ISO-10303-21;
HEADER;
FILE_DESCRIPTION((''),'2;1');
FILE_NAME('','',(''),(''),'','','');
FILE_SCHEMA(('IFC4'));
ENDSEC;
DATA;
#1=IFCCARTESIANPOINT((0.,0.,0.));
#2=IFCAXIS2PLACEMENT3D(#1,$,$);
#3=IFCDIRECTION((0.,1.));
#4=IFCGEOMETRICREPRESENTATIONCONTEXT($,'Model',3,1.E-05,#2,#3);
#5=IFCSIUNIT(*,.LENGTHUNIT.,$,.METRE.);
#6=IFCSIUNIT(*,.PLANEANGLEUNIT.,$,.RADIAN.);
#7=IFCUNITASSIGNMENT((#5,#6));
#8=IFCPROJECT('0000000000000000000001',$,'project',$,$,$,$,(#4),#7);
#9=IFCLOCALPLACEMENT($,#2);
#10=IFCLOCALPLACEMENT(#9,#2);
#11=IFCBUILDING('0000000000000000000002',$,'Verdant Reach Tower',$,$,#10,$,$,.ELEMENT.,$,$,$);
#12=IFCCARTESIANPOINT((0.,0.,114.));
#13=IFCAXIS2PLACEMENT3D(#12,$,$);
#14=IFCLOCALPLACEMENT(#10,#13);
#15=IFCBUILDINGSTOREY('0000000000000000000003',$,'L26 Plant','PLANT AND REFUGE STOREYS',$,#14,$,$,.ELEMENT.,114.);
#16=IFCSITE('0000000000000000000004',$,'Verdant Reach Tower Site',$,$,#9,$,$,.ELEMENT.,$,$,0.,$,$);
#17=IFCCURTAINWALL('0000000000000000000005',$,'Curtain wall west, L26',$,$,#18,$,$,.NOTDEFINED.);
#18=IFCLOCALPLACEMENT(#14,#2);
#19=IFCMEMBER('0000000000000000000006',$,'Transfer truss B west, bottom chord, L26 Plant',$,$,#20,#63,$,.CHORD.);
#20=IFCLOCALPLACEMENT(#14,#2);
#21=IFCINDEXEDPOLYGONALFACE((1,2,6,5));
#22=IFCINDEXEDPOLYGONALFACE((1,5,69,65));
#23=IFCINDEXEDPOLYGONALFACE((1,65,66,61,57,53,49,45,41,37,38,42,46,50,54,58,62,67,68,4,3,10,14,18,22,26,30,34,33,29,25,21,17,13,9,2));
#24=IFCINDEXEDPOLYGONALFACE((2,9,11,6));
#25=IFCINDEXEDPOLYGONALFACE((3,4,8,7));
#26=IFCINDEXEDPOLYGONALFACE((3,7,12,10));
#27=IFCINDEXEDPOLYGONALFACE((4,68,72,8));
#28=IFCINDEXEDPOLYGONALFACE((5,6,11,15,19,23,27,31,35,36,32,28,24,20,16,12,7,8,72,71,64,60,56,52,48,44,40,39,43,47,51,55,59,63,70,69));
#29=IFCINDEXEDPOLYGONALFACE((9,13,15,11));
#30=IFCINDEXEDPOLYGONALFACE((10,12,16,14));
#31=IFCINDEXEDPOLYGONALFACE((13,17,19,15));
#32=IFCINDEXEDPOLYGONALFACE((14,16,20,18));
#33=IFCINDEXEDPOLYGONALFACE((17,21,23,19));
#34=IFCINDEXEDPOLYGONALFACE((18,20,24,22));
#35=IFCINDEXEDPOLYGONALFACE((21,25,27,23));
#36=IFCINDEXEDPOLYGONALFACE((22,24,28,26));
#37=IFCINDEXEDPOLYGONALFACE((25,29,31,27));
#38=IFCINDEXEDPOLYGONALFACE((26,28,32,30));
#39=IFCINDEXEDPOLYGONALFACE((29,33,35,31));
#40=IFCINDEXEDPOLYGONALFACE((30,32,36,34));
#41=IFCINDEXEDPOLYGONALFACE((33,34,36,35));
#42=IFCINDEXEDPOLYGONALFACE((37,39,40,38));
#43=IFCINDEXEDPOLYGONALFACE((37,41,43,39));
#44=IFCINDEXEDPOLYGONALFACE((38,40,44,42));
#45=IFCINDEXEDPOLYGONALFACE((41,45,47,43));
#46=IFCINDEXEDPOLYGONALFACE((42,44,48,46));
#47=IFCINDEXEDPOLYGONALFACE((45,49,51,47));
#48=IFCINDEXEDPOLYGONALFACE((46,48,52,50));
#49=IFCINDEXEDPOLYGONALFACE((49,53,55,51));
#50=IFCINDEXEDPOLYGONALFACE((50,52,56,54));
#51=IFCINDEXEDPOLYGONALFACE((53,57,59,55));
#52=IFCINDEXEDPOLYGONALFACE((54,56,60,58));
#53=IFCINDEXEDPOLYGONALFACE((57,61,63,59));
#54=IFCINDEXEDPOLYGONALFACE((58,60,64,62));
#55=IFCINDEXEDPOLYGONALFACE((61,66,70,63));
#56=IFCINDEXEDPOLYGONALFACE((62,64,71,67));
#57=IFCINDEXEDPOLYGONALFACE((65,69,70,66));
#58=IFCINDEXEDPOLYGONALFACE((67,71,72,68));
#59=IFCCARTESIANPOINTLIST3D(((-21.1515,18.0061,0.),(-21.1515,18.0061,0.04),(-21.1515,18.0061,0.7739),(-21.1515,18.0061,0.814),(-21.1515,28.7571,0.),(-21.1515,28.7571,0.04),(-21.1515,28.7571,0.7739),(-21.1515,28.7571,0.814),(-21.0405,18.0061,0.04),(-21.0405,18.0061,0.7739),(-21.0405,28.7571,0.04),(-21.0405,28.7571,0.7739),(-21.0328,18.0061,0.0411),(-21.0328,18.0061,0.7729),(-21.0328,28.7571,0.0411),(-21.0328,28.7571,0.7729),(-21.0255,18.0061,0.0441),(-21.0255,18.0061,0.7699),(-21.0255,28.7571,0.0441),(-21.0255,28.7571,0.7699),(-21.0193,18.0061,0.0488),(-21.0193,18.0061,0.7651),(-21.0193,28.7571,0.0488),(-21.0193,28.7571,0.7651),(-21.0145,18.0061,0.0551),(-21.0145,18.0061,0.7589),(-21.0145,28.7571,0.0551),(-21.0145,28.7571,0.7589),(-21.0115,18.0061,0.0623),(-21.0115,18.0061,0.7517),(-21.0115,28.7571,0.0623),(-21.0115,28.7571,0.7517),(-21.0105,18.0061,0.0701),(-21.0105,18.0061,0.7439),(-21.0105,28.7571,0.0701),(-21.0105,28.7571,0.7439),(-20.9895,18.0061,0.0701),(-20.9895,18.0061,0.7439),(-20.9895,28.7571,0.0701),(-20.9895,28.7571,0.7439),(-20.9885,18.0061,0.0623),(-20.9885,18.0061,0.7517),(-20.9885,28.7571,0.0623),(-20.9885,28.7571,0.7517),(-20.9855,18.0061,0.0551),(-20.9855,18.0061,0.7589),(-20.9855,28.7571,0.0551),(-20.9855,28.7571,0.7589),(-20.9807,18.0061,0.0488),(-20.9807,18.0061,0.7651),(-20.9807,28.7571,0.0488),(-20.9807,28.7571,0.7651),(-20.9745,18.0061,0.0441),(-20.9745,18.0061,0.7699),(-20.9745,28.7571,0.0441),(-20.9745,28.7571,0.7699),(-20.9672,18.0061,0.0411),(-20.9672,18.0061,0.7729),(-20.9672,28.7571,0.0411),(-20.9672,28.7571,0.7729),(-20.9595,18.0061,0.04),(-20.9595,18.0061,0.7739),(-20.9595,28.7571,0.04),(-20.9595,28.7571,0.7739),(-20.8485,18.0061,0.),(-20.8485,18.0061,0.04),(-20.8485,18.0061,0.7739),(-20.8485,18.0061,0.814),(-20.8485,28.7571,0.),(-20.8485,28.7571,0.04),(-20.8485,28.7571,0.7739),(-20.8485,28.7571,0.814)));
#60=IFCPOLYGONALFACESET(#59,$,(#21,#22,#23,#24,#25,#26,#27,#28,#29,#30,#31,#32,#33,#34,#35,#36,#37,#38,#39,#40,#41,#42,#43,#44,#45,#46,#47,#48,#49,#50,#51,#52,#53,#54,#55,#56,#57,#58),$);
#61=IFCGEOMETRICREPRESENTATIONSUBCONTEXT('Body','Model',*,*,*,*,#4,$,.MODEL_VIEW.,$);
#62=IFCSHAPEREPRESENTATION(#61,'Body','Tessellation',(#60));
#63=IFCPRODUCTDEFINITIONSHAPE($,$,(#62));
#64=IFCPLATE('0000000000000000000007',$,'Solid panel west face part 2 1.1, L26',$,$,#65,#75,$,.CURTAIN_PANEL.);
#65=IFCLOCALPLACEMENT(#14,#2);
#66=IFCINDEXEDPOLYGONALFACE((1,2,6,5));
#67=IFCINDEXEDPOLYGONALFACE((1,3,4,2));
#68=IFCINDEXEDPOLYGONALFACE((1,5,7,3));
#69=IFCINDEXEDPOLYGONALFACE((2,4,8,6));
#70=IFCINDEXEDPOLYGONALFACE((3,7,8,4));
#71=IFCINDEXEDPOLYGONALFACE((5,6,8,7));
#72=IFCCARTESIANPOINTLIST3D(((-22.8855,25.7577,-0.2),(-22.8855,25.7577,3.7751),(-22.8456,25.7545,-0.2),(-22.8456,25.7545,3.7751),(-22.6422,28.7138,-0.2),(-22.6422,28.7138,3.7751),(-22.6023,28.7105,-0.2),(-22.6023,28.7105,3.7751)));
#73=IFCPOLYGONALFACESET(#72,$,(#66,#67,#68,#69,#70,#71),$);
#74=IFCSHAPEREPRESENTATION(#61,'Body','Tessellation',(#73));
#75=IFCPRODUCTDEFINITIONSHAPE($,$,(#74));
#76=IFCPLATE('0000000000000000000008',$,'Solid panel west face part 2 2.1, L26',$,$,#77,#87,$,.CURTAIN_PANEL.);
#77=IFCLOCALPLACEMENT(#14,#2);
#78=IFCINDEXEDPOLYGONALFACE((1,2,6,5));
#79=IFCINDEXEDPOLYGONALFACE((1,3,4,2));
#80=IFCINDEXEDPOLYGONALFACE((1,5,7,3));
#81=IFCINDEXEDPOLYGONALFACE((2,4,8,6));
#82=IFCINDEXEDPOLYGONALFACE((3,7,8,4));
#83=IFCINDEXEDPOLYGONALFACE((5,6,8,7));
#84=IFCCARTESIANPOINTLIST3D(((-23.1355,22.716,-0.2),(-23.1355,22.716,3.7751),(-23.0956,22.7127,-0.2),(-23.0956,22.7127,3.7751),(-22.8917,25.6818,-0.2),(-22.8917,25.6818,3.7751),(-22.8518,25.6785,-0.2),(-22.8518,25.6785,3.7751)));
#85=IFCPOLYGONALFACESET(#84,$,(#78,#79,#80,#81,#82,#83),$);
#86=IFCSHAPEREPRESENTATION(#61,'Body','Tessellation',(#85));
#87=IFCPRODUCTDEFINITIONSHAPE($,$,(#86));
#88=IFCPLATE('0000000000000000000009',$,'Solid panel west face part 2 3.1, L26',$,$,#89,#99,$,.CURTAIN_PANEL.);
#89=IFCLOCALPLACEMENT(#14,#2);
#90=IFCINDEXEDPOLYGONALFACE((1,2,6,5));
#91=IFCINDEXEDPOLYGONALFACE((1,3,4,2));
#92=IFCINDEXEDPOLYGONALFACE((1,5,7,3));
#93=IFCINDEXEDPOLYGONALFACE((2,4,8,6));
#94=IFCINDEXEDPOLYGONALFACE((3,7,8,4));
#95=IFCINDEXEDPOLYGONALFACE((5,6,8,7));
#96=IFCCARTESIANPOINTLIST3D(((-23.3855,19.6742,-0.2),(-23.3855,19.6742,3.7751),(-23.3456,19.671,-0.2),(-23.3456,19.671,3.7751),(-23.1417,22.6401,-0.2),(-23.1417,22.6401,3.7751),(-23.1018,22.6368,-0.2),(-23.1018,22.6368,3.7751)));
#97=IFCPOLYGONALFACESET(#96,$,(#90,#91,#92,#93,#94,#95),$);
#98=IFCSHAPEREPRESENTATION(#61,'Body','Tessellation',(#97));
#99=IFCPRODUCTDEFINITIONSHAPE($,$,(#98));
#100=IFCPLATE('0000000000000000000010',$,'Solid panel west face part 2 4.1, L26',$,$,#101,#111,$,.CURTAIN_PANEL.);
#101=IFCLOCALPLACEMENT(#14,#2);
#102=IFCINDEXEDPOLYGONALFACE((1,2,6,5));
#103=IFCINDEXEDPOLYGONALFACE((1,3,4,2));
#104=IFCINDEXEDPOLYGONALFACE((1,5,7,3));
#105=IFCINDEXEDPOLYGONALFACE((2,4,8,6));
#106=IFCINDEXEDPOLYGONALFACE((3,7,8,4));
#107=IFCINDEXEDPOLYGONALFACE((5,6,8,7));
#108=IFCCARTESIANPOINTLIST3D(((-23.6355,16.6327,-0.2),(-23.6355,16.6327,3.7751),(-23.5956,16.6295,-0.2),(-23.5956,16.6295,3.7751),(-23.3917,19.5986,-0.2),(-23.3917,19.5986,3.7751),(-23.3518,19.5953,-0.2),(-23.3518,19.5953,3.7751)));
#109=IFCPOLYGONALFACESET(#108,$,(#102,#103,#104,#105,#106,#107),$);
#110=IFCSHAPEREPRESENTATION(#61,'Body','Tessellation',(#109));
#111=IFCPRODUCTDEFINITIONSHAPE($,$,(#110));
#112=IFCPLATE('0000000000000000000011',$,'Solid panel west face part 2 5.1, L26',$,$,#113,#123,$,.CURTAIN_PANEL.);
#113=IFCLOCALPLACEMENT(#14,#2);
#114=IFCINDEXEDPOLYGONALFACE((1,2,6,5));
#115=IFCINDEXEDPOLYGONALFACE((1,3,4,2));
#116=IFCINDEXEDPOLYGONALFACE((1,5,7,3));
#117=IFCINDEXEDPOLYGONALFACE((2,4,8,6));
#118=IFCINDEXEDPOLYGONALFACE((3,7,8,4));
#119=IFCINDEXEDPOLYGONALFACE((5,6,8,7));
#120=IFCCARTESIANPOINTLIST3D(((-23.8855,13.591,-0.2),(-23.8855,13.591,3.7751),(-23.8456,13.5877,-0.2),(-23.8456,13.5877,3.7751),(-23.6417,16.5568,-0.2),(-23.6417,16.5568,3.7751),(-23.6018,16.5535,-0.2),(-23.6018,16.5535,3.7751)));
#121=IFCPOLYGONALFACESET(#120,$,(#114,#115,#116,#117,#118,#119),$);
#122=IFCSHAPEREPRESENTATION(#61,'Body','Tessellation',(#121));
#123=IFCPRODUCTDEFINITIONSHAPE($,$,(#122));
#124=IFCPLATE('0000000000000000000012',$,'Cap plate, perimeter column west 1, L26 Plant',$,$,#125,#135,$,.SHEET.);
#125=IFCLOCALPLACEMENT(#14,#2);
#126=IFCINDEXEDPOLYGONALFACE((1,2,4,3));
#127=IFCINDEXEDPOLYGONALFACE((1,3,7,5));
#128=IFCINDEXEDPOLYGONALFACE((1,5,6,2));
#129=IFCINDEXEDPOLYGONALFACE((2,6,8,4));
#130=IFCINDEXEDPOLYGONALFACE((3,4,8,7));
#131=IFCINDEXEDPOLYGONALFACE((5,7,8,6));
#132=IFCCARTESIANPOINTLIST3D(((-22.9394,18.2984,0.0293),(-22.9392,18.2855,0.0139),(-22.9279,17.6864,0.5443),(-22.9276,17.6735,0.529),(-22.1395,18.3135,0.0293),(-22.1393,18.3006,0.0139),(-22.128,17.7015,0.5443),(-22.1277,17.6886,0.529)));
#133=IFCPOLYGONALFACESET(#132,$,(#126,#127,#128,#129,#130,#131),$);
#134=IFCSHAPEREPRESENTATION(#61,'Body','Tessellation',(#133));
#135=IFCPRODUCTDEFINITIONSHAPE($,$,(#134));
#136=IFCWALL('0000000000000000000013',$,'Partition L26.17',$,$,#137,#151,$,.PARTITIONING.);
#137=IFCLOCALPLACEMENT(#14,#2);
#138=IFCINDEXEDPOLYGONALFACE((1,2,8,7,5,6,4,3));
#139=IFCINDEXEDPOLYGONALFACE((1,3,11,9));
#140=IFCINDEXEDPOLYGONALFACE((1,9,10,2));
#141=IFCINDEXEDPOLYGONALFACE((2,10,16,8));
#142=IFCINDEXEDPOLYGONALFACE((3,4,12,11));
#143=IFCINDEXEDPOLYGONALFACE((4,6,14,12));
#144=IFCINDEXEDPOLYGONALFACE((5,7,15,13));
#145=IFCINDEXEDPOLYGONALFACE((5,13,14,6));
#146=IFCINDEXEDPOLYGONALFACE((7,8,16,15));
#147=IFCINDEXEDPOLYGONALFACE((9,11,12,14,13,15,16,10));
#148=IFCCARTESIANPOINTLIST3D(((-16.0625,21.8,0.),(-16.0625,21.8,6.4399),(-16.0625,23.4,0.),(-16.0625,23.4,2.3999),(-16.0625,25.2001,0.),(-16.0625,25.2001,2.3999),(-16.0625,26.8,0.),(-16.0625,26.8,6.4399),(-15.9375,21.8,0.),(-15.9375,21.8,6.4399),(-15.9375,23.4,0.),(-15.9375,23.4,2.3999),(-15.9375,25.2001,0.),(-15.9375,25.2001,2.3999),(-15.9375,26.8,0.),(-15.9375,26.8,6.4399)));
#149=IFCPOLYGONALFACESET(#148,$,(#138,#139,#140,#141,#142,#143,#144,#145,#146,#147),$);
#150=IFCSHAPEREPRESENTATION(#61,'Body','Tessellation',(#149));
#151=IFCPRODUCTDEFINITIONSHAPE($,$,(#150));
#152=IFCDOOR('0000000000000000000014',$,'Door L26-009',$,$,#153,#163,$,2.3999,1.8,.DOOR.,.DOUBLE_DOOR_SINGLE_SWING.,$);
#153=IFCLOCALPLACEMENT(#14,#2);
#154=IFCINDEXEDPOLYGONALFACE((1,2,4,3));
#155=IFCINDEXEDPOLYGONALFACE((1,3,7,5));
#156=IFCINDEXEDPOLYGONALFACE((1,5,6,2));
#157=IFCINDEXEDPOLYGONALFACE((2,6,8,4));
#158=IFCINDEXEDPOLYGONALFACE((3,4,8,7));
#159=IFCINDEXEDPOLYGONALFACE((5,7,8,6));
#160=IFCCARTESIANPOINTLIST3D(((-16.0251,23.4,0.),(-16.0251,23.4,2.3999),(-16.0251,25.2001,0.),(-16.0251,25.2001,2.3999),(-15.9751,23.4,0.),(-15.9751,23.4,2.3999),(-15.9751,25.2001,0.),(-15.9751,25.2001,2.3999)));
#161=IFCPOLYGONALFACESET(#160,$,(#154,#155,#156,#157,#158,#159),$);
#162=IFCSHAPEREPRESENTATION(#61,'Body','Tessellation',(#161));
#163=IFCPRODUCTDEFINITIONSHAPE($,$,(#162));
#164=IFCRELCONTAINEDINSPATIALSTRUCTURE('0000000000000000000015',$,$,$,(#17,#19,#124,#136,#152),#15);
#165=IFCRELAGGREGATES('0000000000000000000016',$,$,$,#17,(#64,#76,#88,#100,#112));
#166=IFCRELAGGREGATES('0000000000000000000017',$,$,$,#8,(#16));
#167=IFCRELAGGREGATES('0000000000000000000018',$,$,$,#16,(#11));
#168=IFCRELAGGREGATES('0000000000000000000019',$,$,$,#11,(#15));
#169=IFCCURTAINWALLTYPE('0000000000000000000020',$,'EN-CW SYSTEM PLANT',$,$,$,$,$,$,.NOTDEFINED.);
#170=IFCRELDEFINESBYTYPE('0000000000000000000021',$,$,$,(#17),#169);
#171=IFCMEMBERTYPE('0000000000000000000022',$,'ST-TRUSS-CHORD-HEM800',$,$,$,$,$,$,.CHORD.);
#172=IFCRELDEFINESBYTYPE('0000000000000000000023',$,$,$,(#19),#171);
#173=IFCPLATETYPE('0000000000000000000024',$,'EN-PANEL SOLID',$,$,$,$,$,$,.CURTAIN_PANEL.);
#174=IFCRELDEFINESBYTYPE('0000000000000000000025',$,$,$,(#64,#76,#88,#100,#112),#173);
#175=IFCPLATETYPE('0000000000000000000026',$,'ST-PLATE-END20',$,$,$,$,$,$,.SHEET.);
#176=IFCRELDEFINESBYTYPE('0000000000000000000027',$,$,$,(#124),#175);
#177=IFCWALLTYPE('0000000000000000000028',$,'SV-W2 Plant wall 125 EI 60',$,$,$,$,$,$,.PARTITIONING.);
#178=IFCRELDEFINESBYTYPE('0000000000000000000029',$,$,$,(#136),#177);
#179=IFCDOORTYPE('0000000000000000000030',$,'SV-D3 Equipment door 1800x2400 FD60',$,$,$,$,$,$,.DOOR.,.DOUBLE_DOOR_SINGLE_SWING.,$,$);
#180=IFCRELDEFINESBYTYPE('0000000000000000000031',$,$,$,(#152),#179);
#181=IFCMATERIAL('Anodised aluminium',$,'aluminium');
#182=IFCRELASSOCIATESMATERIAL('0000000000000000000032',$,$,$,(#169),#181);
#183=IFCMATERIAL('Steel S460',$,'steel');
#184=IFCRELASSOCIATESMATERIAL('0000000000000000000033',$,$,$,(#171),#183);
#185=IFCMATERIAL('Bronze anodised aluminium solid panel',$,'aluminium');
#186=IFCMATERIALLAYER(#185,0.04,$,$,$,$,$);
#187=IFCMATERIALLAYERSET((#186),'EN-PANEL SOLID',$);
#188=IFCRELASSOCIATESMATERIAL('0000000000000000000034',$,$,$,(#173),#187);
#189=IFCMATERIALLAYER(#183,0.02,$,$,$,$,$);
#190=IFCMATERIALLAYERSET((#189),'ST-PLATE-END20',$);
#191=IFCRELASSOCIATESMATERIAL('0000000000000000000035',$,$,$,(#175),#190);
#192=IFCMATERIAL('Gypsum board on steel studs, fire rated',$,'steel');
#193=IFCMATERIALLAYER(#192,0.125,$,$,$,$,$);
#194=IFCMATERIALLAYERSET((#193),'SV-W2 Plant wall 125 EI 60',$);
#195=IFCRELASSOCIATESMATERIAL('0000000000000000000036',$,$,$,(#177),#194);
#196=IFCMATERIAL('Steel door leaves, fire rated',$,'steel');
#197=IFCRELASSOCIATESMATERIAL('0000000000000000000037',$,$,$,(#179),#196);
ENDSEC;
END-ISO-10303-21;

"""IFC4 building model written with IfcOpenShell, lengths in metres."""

from ifc_helpers import new_model, si_unit, direction, frame, frame_2d, origin, origin_2d, place, context, subcontext, project, spatial, rectangle, i_section, extrude, material, layer, layer_set, material_profile, profile_set, type_object, element, fill, aggregate, save


model = new_model("IFC4")

# Units and contexts
model_context = context("Model", 3, precision=1e-05, world=origin(), true_north=direction((0.0, 1.0)))
body_context = subcontext(model_context, "Body", "Model", "MODEL_VIEW")
ifc_project = project(units=[si_unit("LENGTHUNIT", "METRE"), si_unit("PLANEANGLEUNIT", "RADIAN")], contexts=[model_context])

# Site, building, storey
site_placement = place(None, origin())
site = spatial("IfcSite", under=ifc_project, at=site_placement, Name="Verdant Reach Tower Site", CompositionType="ELEMENT", RefElevation=0.0)
building_placement = place(site_placement, origin())
building = spatial("IfcBuilding", under=site, at=building_placement, Name="Verdant Reach Tower", CompositionType="ELEMENT")
storey_placement = place(building_placement, frame((0.0, 0.0, 114.0)))
storey = spatial("IfcBuildingStorey", under=building, at=storey_placement, Name="L26 Plant", Description="PLANT AND REFUGE STOREYS", CompositionType="ELEMENT", Elevation=114.0)

# Shared definitions
ifc_material_1 = material(Name="Steel S460", Category="steel")

# Curtain wall
ifc_material_2 = material(Name="Anodised aluminium", Category="aluminium")
curtain_wall_type = type_object("IfcCurtainWallType", Name="EN-CW SYSTEM PLANT", PredefinedType="NOTDEFINED", material=ifc_material_2)
curtain_wall_placement = place(storey_placement, origin())
curtain_wall = element("IfcCurtainWall", 1, at=curtain_wall_placement, inside=storey, type_object=curtain_wall_type, Name="Curtain wall west, L26", PredefinedType="NOTDEFINED")

# Member
ifc_material_profile_1 = material_profile(ifc_material_1, i_section(OverallWidth=0.303, OverallDepth=0.814, WebThickness=0.021, FlangeThickness=0.04, FilletRadius=0.03, at=origin_2d()), Name="HEM 800")
ifc_profile_set_1 = profile_set([ifc_material_profile_1], Name="Steel S460")
member_type_1 = type_object("IfcMemberType", Name="ST-TRUSS-CHORD-HEM800", PredefinedType="CHORD", material=ifc_profile_set_1)
member_1_placement = place(storey_placement, frame((-21.0, 18.0061, 0.407), z_axis=(0.0, 1.0, 0.0), x_axis=(-1.0, 0.0, 0.0)))
element("IfcMember", 2, at=member_1_placement, inside=storey, type_object=member_type_1, Name="Transfer truss B west, bottom chord, L26 Plant", PredefinedType="CHORD", context=body_context, shape_type="SweptSolid", body=[
    extrude(i_section(OverallWidth=0.303, OverallDepth=0.814, WebThickness=0.021, FlangeThickness=0.04, FilletRadius=0.03, at=origin_2d()), origin(), (0.0, 0.0, 1.0), 10.751),
])

# Plates
ifc_material_3 = material(Name="Bronze anodised aluminium solid panel", Category="aluminium")
ifc_layer_1 = layer(ifc_material_3, 0.04)
ifc_layer_set_1 = layer_set([ifc_layer_1], Name="EN-PANEL SOLID")
plate_type_1 = type_object("IfcPlateType", Name="EN-PANEL SOLID", PredefinedType="CURTAIN_PANEL", material=ifc_layer_set_1)
plate_1_placement = place(storey_placement, frame((-22.7439, 27.2341, -0.2), z_axis=(0.0, 0.0, 1.0), x_axis=(-0.082047, -0.996628, 0.0)))
plate_1 = element("IfcPlate", 3, at=plate_1_placement, type_object=plate_type_1, Name="Solid panel west face part 2 1.1, L26", PredefinedType="CURTAIN_PANEL", context=body_context, shape_type="SweptSolid", body=[
    extrude(rectangle(XDim=2.9661, YDim=0.04, at=origin_2d()), origin(), (0.0, 0.0, 1.0), 3.9751),
])
plate_2_placement = place(storey_placement, frame((-22.9937, 24.1973, -0.2), z_axis=(0.0, 0.0, 1.0), x_axis=(-0.081916, -0.996639, 0.0)))
plate_2 = element("IfcPlate", 4, at=plate_2_placement, type_object=plate_type_1, Name="Solid panel west face part 2 2.1, L26", PredefinedType="CURTAIN_PANEL", context=body_context, shape_type="SweptSolid", body=[
    extrude(rectangle(XDim=2.9758, YDim=0.04, at=origin_2d()), origin(), (0.0, 0.0, 1.0), 3.9751),
])
plate_3_placement = place(storey_placement, frame((-23.2437, 21.1555, -0.2), z_axis=(0.0, 0.0, 1.0), x_axis=(-0.081916, -0.996639, 0.0)))
plate_3 = element("IfcPlate", 5, at=plate_3_placement, type_object=plate_type_1, Name="Solid panel west face part 2 3.1, L26", PredefinedType="CURTAIN_PANEL", context=body_context, shape_type="SweptSolid", body=[
    extrude(rectangle(XDim=2.9758, YDim=0.04, at=origin_2d()), origin(), (0.0, 0.0, 1.0), 3.9751),
])
plate_4_placement = place(storey_placement, frame((-23.4937, 18.114, -0.2), z_axis=(0.0, 0.0, 1.0), x_axis=(-0.081916, -0.996639, 0.0)))
plate_4 = element("IfcPlate", 6, at=plate_4_placement, type_object=plate_type_1, Name="Solid panel west face part 2 4.1, L26", PredefinedType="CURTAIN_PANEL", context=body_context, shape_type="SweptSolid", body=[
    extrude(rectangle(XDim=2.9758, YDim=0.04, at=origin_2d()), origin(), (0.0, 0.0, 1.0), 3.9751),
])
plate_5_placement = place(storey_placement, frame((-23.7437, 15.0723, -0.2), z_axis=(0.0, 0.0, 1.0), x_axis=(-0.081916, -0.996639, 0.0)))
plate_5 = element("IfcPlate", 7, at=plate_5_placement, type_object=plate_type_1, Name="Solid panel west face part 2 5.1, L26", PredefinedType="CURTAIN_PANEL", context=body_context, shape_type="SweptSolid", body=[
    extrude(rectangle(XDim=2.9758, YDim=0.04, at=origin_2d()), origin(), (0.0, 0.0, 1.0), 3.9751),
])
ifc_layer_2 = layer(ifc_material_1, 0.02)
ifc_layer_set_2 = layer_set([ifc_layer_2], Name="ST-PLATE-END20")
plate_type_2 = type_object("IfcPlateType", Name="ST-PLATE-END20", PredefinedType="SHEET", material=ifc_layer_set_2)
plate_6_placement = place(storey_placement, frame((-22.5334, 17.9871, 0.2715), z_axis=(-0.012146, 0.643714, 0.76517), x_axis=(-0.999822, -0.018865, 0.0)))
element("IfcPlate", 8, at=plate_6_placement, inside=storey, type_object=plate_type_2, Name="Cap plate, perimeter column west 1, L26 Plant", PredefinedType="SHEET", context=body_context, shape_type="SweptSolid", body=[
    extrude(rectangle(XDim=0.8, YDim=0.8, at=origin_2d()), origin(), (0.0, 0.0, 1.0), 0.02),
])

# Wall, opening, door
ifc_material_4 = material(Name="Gypsum board on steel studs, fire rated", Category="steel")
ifc_layer_3 = layer(ifc_material_4, 0.125)
ifc_layer_set_3 = layer_set([ifc_layer_3], Name="SV-W2 Plant wall 125 EI 60")
wall_type_1 = type_object("IfcWallType", Name="SV-W2 Plant wall 125 EI 60", PredefinedType="PARTITIONING", material=ifc_layer_set_3)
wall_1_placement = place(storey_placement, frame((-16.0, 26.8, 0.0), z_axis=(0.0, 0.0, 1.0), x_axis=(0.0, -1.0, 0.0)))
wall_1 = element("IfcWall", 9, at=wall_1_placement, inside=storey, type_object=wall_type_1, Name="Partition L26.17", PredefinedType="PARTITIONING", context=body_context, shape_type="SweptSolid", body=[
    extrude(rectangle(XDim=5.0, YDim=0.125, at=frame_2d((2.5, 0.0))), origin(), (0.0, 0.0, 1.0), 6.4399),
])
opening_1_placement = place(wall_1_placement, frame((1.6001, 0.0, 0.0)))
opening_1 = element("IfcOpeningElement", 10, at=opening_1_placement, cuts=wall_1, PredefinedType="OPENING", context=body_context, shape_type="SweptSolid", body=[
    extrude(rectangle(XDim=1.8, YDim=2.3999, at=frame_2d((0.8999, 1.2))), frame((0.0, 0.0725, 0.0), z_axis=(0.0, -1.0, 0.0), x_axis=(1.0, 0.0, 0.0)), (0.0, 0.0, 1.0), 0.145),
])
ifc_material_5 = material(Name="Steel door leaves, fire rated", Category="steel")
door_type_1 = type_object("IfcDoorType", Name="SV-D3 Equipment door 1800x2400 FD60", OperationType="DOUBLE_DOOR_SINGLE_SWING", PredefinedType="DOOR", material=ifc_material_5)
door_1_placement = place(opening_1_placement, origin())
door_1 = element("IfcDoor", 11, at=door_1_placement, inside=storey, type_object=door_type_1, Name="Door L26-009", OperationType="DOUBLE_DOOR_SINGLE_SWING", OverallHeight=2.3999, OverallWidth=1.8, PredefinedType="DOOR", context=body_context, shape_type="SweptSolid", body=[
    extrude(rectangle(XDim=1.8, YDim=2.3999, at=frame_2d((0.8999, 1.2))), frame((0.0, 0.0249, 0.0), z_axis=(0.0, -1.0, 0.0), x_axis=(1.0, 0.0, 0.0)), (0.0, 0.0, 1.0), 0.05),
])
fill(opening_1, door_1)

aggregate(curtain_wall, [plate_1, plate_2, plate_3, plate_4, plate_5])

save(model, "model.ifc")
